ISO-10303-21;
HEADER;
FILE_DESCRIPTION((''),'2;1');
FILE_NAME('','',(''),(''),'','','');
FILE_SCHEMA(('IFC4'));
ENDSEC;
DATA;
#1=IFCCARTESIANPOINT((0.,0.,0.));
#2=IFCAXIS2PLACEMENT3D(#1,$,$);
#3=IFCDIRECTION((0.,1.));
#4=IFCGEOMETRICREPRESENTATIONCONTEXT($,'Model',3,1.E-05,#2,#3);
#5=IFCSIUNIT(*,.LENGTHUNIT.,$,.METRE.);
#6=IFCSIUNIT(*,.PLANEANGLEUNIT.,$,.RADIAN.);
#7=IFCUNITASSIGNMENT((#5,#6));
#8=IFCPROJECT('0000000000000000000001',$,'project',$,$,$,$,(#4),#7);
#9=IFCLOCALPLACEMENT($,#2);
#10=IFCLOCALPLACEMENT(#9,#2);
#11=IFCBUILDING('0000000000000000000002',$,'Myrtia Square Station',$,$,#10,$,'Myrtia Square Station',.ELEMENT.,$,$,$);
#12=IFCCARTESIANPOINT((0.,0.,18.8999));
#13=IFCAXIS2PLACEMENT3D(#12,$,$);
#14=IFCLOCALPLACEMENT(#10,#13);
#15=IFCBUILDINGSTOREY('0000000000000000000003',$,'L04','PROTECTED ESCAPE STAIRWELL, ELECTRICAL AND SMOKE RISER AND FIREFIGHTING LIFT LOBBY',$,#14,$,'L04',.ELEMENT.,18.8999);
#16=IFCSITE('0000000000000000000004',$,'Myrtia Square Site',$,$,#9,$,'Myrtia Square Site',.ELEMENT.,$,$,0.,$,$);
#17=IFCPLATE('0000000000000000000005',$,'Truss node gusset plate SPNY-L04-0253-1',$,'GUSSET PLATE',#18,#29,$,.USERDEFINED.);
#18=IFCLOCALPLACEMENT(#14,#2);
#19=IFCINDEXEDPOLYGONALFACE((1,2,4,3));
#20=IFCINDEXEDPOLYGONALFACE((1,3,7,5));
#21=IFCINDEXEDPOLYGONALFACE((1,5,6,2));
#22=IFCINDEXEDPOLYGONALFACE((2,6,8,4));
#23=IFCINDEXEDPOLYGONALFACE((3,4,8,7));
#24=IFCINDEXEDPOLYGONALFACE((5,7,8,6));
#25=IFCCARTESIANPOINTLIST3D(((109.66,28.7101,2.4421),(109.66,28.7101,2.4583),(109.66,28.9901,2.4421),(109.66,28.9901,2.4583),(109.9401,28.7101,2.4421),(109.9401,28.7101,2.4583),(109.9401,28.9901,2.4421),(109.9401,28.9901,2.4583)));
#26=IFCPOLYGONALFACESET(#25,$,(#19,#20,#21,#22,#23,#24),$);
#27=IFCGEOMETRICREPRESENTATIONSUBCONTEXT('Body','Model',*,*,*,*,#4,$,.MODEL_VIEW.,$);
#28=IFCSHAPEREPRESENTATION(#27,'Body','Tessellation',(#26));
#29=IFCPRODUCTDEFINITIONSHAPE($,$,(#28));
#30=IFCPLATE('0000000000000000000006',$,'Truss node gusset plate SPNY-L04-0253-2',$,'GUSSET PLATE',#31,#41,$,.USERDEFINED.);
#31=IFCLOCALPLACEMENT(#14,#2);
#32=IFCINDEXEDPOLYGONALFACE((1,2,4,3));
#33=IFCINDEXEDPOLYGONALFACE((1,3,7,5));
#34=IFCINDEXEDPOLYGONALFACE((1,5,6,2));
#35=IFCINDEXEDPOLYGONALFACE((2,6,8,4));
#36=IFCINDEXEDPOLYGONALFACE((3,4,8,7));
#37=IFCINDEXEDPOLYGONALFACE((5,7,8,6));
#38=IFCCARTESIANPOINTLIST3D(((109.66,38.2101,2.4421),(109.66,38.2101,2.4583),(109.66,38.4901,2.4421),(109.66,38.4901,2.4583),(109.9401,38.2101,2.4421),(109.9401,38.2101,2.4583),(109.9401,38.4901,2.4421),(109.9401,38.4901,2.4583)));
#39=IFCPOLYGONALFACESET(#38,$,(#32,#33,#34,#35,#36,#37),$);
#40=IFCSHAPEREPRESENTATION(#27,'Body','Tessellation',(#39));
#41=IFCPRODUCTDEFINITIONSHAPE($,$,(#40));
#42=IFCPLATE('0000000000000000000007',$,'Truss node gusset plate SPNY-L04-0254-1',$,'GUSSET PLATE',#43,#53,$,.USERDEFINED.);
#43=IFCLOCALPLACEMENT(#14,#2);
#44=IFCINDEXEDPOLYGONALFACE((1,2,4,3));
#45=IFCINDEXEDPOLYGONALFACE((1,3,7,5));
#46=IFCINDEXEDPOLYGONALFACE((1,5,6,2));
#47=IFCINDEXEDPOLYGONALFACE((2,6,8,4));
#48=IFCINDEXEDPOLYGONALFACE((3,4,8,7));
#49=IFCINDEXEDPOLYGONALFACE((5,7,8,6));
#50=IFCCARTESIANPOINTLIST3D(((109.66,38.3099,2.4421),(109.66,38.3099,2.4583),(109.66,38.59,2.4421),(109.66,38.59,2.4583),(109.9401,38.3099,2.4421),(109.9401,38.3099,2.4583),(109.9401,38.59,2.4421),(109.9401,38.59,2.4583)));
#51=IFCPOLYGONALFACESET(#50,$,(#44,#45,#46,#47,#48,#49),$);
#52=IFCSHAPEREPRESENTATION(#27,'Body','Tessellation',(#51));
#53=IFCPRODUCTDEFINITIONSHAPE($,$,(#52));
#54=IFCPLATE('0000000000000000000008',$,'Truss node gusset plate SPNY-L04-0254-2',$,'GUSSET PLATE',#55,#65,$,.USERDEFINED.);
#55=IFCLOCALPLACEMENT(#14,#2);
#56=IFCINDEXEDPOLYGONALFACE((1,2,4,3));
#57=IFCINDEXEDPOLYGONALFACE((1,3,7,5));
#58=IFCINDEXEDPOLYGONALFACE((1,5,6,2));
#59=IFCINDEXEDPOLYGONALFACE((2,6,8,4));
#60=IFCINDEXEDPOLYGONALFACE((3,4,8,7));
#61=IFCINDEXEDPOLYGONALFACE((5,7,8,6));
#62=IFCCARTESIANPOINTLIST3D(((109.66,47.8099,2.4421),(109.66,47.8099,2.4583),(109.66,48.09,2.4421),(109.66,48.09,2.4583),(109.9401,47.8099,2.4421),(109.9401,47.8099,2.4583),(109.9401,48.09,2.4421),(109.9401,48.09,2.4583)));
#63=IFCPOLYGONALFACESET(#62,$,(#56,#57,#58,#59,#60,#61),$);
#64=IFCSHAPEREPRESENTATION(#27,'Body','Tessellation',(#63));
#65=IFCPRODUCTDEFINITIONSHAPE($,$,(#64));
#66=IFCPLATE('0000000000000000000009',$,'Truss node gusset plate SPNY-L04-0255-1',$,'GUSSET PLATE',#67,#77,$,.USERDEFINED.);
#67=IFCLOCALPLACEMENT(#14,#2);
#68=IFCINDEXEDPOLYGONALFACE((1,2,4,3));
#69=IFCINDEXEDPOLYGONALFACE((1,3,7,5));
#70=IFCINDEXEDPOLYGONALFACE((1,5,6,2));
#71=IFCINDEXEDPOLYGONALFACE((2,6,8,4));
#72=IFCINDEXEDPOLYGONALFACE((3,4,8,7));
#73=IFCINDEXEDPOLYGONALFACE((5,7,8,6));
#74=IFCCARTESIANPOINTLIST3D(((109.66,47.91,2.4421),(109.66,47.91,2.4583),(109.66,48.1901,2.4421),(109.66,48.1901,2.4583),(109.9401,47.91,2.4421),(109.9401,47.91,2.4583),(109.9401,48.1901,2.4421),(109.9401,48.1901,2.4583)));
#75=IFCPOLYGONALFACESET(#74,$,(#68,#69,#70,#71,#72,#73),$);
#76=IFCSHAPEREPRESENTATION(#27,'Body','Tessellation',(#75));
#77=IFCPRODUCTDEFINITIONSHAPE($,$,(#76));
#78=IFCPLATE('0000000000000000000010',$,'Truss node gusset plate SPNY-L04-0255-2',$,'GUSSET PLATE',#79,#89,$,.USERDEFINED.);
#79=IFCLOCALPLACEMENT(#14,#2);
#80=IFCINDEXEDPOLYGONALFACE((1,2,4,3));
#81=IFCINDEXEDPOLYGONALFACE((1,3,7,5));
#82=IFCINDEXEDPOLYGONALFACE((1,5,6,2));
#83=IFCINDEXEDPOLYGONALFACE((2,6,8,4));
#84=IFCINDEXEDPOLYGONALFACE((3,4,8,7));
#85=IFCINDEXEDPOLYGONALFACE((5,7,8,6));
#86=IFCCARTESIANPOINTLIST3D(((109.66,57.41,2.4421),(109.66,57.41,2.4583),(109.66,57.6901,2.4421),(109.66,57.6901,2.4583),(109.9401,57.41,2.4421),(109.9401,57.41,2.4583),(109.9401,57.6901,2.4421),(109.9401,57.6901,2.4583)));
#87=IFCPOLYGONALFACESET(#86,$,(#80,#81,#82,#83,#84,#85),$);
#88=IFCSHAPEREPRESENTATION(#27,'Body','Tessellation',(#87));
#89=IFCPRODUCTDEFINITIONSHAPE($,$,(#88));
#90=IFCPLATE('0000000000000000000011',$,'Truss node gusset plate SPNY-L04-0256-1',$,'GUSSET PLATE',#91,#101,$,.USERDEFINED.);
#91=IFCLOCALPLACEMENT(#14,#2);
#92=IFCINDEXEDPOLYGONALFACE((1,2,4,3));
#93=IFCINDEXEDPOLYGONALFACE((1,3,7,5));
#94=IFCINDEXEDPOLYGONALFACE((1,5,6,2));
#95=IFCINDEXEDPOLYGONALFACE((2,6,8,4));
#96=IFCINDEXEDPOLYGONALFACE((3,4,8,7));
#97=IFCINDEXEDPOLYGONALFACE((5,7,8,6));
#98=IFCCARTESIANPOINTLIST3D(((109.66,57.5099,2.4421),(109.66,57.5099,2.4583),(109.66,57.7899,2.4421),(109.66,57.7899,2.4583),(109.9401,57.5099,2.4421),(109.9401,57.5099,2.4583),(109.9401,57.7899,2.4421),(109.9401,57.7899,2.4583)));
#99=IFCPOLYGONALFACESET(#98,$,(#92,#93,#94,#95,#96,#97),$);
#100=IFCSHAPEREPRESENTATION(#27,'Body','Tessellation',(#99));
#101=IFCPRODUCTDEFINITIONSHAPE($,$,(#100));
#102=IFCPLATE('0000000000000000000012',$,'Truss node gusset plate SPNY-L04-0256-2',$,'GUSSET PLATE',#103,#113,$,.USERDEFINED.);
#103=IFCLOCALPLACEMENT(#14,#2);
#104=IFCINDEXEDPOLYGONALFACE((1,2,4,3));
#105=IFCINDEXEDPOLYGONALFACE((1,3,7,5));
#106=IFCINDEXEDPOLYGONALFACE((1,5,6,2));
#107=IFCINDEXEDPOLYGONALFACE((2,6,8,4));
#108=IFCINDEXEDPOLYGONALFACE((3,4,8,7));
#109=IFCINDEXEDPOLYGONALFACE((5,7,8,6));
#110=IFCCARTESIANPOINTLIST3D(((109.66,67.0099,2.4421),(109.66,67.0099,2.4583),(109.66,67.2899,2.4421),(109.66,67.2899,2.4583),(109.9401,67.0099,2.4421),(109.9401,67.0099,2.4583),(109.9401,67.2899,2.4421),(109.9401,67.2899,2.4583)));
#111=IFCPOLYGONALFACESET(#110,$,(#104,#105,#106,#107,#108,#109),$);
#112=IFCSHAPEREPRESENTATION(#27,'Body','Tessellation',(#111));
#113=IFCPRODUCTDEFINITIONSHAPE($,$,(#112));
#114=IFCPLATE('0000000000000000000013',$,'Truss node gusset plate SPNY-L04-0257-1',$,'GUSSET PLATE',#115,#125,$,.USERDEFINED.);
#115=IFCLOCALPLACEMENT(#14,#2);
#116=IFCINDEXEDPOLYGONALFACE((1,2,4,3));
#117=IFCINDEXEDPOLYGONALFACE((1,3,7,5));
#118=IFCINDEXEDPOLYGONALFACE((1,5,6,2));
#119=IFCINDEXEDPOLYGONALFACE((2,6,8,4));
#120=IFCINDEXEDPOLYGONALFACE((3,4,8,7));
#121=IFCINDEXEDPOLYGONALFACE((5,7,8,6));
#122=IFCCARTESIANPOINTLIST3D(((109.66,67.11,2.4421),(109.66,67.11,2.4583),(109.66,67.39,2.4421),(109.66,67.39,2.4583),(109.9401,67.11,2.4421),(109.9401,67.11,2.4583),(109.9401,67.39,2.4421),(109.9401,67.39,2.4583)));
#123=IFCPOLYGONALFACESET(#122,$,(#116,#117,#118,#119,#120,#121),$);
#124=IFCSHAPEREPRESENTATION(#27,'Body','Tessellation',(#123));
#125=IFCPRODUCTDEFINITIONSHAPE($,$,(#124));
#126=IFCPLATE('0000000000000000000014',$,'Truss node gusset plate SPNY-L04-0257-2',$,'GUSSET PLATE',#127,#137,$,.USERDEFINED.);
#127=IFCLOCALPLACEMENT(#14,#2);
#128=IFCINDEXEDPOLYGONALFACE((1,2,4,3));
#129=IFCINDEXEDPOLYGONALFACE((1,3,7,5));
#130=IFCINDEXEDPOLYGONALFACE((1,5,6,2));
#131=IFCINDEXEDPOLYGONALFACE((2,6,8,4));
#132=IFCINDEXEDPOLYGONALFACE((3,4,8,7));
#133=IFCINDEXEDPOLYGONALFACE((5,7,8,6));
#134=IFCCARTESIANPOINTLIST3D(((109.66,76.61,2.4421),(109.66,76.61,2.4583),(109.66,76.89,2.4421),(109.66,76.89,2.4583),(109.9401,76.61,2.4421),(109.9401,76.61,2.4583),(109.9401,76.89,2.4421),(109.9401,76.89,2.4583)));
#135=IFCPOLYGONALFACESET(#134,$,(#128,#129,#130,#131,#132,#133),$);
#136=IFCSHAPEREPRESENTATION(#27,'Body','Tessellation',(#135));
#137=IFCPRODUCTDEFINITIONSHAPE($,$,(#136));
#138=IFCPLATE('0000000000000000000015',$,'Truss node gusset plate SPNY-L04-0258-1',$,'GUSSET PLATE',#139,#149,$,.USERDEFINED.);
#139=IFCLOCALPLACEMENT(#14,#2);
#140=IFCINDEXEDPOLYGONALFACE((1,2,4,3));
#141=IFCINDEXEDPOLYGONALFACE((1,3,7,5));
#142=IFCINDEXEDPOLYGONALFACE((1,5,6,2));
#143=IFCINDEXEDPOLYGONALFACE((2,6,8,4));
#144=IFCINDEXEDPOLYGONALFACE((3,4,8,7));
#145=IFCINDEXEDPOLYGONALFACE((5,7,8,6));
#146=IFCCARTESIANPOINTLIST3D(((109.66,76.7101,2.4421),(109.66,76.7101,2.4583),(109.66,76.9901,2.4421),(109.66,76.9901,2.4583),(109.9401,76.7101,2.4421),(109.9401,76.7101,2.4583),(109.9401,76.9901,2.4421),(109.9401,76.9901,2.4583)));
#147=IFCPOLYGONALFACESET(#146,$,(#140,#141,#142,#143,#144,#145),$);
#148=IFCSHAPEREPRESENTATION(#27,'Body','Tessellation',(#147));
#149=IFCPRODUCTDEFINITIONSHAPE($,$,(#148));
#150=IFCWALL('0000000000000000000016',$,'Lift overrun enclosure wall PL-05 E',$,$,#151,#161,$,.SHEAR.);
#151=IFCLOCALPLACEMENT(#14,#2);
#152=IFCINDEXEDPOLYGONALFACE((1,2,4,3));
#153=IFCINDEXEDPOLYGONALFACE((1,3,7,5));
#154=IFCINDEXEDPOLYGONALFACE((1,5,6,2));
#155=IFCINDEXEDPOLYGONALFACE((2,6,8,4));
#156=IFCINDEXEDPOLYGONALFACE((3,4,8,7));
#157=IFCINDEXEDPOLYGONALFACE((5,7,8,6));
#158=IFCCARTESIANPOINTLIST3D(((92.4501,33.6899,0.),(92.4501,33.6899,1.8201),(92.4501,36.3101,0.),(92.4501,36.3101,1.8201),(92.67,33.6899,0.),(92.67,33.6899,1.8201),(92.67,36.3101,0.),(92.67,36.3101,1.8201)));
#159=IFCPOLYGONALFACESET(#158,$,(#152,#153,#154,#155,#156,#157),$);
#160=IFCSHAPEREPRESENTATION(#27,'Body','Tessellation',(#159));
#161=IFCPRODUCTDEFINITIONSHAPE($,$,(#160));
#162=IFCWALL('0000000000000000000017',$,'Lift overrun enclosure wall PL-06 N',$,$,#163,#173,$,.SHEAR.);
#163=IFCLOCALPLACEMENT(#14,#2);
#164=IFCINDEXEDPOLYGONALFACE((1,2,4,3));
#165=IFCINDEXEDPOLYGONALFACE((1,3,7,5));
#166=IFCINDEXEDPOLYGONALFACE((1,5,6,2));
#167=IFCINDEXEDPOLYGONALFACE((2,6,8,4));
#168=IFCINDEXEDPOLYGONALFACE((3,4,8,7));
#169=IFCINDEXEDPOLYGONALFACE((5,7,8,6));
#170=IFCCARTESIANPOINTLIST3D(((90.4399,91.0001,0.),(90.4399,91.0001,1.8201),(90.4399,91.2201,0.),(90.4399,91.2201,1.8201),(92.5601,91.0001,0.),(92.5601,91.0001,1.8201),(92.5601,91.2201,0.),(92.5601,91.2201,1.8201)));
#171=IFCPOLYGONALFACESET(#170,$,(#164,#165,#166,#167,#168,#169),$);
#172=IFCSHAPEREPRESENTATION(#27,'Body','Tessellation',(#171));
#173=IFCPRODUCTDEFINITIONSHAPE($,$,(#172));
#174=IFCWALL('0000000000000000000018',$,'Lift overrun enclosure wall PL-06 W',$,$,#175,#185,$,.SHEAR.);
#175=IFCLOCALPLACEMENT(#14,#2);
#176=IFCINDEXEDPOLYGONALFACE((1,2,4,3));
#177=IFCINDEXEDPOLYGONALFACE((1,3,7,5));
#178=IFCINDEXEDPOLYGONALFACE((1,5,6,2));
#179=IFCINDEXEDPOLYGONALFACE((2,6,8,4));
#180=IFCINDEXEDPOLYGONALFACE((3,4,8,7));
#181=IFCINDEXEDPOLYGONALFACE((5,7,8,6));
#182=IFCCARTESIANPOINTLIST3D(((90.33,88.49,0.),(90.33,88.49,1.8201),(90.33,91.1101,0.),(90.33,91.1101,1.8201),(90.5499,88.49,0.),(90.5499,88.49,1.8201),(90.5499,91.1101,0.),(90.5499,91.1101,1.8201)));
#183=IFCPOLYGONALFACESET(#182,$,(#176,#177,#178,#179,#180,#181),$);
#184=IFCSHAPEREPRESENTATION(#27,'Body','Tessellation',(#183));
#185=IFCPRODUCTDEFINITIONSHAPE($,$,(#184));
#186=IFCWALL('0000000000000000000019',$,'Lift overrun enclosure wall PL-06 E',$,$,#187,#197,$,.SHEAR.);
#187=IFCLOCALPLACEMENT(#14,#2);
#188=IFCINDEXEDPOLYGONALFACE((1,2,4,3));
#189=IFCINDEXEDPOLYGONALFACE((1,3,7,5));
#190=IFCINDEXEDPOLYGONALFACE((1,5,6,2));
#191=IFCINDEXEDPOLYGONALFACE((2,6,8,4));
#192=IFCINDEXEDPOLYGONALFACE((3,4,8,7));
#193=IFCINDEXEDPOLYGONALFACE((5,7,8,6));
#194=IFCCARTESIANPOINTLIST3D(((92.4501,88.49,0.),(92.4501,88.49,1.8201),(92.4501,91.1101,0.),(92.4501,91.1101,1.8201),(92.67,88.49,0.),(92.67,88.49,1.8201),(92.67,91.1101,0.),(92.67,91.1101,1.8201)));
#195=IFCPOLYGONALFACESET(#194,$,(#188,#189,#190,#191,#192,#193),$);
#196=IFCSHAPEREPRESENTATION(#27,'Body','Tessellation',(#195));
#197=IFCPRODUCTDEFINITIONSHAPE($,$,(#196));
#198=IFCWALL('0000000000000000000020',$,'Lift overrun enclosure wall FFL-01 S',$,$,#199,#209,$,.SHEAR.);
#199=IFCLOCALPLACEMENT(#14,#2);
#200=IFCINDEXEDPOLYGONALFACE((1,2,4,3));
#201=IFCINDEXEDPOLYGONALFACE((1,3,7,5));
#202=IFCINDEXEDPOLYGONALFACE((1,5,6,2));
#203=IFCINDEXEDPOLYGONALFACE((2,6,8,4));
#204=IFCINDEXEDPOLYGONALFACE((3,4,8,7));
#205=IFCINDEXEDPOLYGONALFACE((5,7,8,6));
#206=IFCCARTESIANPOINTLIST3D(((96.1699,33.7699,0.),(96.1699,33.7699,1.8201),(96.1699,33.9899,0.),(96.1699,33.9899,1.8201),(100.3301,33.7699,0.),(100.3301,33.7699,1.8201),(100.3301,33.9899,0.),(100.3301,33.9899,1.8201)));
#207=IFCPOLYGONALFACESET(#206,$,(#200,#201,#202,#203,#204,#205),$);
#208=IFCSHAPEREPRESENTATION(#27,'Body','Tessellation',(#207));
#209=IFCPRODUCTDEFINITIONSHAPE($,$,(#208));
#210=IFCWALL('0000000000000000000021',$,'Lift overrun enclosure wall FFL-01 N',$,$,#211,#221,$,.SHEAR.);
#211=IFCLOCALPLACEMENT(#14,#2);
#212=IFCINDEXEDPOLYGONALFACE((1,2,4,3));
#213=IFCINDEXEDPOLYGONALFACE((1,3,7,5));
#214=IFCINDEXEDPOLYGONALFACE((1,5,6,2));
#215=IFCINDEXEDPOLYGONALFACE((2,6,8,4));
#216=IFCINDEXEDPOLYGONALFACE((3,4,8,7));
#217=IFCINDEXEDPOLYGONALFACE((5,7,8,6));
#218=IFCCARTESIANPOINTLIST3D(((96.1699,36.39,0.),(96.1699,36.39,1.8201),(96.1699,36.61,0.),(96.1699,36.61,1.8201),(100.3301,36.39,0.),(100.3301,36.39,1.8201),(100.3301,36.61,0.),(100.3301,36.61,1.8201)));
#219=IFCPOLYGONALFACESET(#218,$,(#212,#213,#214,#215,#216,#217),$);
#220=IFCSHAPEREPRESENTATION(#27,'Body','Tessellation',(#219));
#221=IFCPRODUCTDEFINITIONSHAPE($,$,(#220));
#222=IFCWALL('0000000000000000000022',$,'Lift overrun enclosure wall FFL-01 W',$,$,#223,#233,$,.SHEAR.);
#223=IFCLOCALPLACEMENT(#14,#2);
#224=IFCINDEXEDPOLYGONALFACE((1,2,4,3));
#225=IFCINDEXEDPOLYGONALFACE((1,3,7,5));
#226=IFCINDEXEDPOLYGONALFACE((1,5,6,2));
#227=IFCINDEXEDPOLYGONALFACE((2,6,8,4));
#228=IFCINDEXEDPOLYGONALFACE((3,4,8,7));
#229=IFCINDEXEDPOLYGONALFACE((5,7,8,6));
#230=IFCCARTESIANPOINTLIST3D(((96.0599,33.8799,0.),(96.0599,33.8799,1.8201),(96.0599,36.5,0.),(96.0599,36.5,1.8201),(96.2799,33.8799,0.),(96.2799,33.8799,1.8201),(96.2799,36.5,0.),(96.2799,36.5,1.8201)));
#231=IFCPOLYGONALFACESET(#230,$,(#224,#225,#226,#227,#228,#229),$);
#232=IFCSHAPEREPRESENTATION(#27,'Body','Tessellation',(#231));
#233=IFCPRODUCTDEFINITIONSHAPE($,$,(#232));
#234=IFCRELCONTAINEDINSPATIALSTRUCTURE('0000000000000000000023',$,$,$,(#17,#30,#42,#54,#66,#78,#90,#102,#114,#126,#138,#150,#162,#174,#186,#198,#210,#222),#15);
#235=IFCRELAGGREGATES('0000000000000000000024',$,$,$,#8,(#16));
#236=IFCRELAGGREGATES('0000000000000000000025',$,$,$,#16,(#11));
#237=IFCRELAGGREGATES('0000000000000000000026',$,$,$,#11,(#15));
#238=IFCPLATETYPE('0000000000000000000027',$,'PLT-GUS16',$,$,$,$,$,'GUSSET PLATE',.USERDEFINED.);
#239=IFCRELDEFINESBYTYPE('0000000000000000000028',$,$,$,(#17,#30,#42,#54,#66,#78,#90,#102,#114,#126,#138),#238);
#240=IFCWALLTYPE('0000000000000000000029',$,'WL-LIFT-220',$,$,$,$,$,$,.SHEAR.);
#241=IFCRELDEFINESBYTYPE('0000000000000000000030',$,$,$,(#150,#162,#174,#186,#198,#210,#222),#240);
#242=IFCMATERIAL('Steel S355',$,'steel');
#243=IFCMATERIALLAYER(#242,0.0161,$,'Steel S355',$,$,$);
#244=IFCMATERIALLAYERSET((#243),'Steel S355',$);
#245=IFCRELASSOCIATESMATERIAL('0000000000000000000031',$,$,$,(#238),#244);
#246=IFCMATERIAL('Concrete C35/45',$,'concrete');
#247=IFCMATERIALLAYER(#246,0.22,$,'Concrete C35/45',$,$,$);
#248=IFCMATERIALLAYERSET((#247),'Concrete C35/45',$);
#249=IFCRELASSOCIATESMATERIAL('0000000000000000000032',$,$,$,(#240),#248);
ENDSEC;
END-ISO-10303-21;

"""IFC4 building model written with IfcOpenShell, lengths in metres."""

from ifc_helpers import new_model, si_unit, direction, frame, frame_2d, origin, origin_2d, place, context, subcontext, project, spatial, rectangle, extrude, material, layer, layer_set, type_object, element, save


model = new_model("IFC4")

# Units and contexts
model_context = context("Model", 3, precision=1e-05, world=origin(), true_north=direction((0.0, 1.0)))
body_context = subcontext(model_context, "Body", "Model", "MODEL_VIEW")
ifc_project = project(units=[si_unit("LENGTHUNIT", "METRE"), si_unit("PLANEANGLEUNIT", "RADIAN")], contexts=[model_context])

# Site, building, storey
site_placement = place(None, origin())
site = spatial("IfcSite", under=ifc_project, at=site_placement, Name="Myrtia Square Site", LongName="Myrtia Square Site", CompositionType="ELEMENT", RefElevation=0.0)
building_placement = place(site_placement, origin())
building = spatial("IfcBuilding", under=site, at=building_placement, Name="Myrtia Square Station", LongName="Myrtia Square Station", CompositionType="ELEMENT")
storey_placement = place(building_placement, frame((0.0, 0.0, 18.8999)))
storey = spatial("IfcBuildingStorey", under=building, at=storey_placement, Name="L04", Description="PROTECTED ESCAPE STAIRWELL, ELECTRICAL AND SMOKE RISER AND FIREFIGHTING LIFT LOBBY", LongName="L04", CompositionType="ELEMENT", Elevation=18.8999)

# Shared definitions
ifc_material_1 = material(Name="Steel S355", Category="steel")

# Plates
ifc_layer_1 = layer(ifc_material_1, 0.0161, Name="Steel S355")
ifc_layer_set_1 = layer_set([ifc_layer_1], Name="Steel S355")
plate_type = type_object("IfcPlateType", Name="PLT-GUS16", ElementType="GUSSET PLATE", PredefinedType="USERDEFINED", material=ifc_layer_set_1)
for number, where, z_axis, x_axis, name in (
    (1, (109.8, 28.8501, 2.4421), (0.0, 0.0, 1.0), (0.0, 1.0, 0.0), "Truss node gusset plate SPNY-L04-0253-1"),
    (2, (109.8, 38.3501, 2.4421), (0.0, 0.0, 1.0), (0.0, 1.0, 0.0), "Truss node gusset plate SPNY-L04-0253-2"),
    (3, (109.8, 38.45, 2.4421), (0.0, 0.0, 1.0), (0.0, 1.0, 0.0), "Truss node gusset plate SPNY-L04-0254-1"),
    (4, (109.8, 47.95, 2.4421), (0.0, 0.0, 1.0), (0.0, 1.0, 0.0), "Truss node gusset plate SPNY-L04-0254-2"),
    (5, (109.8, 48.05, 2.4421), (0.0, 0.0, 1.0), (0.0, 1.0, 0.0), "Truss node gusset plate SPNY-L04-0255-1"),
    (6, (109.8, 57.55, 2.4421), (0.0, 0.0, 1.0), (0.0, 1.0, 0.0), "Truss node gusset plate SPNY-L04-0255-2"),
    (7, (109.8, 57.6499, 2.4421), (0.0, 0.0, 1.0), (0.0, 1.0, 0.0), "Truss node gusset plate SPNY-L04-0256-1"),
    (8, (109.8, 67.1499, 2.4421), (0.0, 0.0, 1.0), (0.0, 1.0, 0.0), "Truss node gusset plate SPNY-L04-0256-2"),
    (9, (109.8, 67.25, 2.4421), (0.0, 0.0, 1.0), (0.0, 1.0, 0.0), "Truss node gusset plate SPNY-L04-0257-1"),
    (10, (109.8, 76.75, 2.4421), (0.0, 0.0, 1.0), (0.0, 1.0, 0.0), "Truss node gusset plate SPNY-L04-0257-2"),
    (11, (109.8, 76.8501, 2.4421), (0.0, 0.0, 1.0), (0.0, 1.0, 0.0), "Truss node gusset plate SPNY-L04-0258-1"),
):
    element("IfcPlate", number, at=place(storey_placement, frame(where, z_axis=z_axis, x_axis=x_axis)), inside=storey, type_object=plate_type, Name=name, ObjectType="GUSSET PLATE", PredefinedType="USERDEFINED", context=body_context, shape_type="SweptSolid", body=[
        extrude(rectangle(XDim=0.28, YDim=0.28, at=origin_2d()), origin(), (0.0, 0.0, 1.0), 0.0161),
    ])

# Walls
ifc_material_2 = material(Name="Concrete C35/45", Category="concrete")
ifc_layer_2 = layer(ifc_material_2, 0.22, Name="Concrete C35/45")
ifc_layer_set_2 = layer_set([ifc_layer_2], Name="Concrete C35/45")
wall_type = type_object("IfcWallType", Name="WL-LIFT-220", PredefinedType="SHEAR", material=ifc_layer_set_2)
wall_1_placement = place(storey_placement, frame((92.5601, 33.6899, 0.0), z_axis=(0.0, 0.0, 1.0), x_axis=(0.0, 1.0, 0.0)))
element("IfcWall", 12, at=wall_1_placement, inside=storey, type_object=wall_type, Name="Lift overrun enclosure wall PL-05 E", PredefinedType="SHEAR", context=body_context, shape_type="SweptSolid", body=[
    extrude(rectangle(XDim=2.6201, YDim=0.22, at=frame_2d((1.3101, 0.0))), origin(), (0.0, 0.0, 1.0), 1.8201),
])
wall_2_placement = place(storey_placement, frame((90.4399, 91.1101, 0.0), z_axis=(0.0, 0.0, 1.0), x_axis=(1.0, 0.0, 0.0)))
element("IfcWall", 13, at=wall_2_placement, inside=storey, type_object=wall_type, Name="Lift overrun enclosure wall PL-06 N", PredefinedType="SHEAR", context=body_context, shape_type="SweptSolid", body=[
    extrude(rectangle(XDim=2.1201, YDim=0.22, at=frame_2d((1.0601, 0.0))), origin(), (0.0, 0.0, 1.0), 1.8201),
])
for number, where, z_axis, x_axis, name in (
    (14, (90.4399, 88.49, 0.0), (0.0, 0.0, 1.0), (0.0, 1.0, 0.0), "Lift overrun enclosure wall PL-06 W"),
    (15, (92.5601, 88.49, 0.0), (0.0, 0.0, 1.0), (0.0, 1.0, 0.0), "Lift overrun enclosure wall PL-06 E"),
):
    element("IfcWall", number, at=place(storey_placement, frame(where, z_axis=z_axis, x_axis=x_axis)), inside=storey, type_object=wall_type, Name=name, PredefinedType="SHEAR", context=body_context, shape_type="SweptSolid", body=[
        extrude(rectangle(XDim=2.6201, YDim=0.22, at=frame_2d((1.3101, 0.0))), origin(), (0.0, 0.0, 1.0), 1.8201),
    ])
for number, where, z_axis, x_axis, name in (
    (16, (96.1699, 33.8799, 0.0), (0.0, 0.0, 1.0), (1.0, 0.0, 0.0), "Lift overrun enclosure wall FFL-01 S"),
    (17, (96.1699, 36.5, 0.0), (0.0, 0.0, 1.0), (1.0, 0.0, 0.0), "Lift overrun enclosure wall FFL-01 N"),
):
    element("IfcWall", number, at=place(storey_placement, frame(where, z_axis=z_axis, x_axis=x_axis)), inside=storey, type_object=wall_type, Name=name, PredefinedType="SHEAR", context=body_context, shape_type="SweptSolid", body=[
        extrude(rectangle(XDim=4.1602, YDim=0.22, at=frame_2d((2.0801, 0.0))), origin(), (0.0, 0.0, 1.0), 1.8201),
    ])
for number, where, z_axis, x_axis, name in (
    (18, (96.1699, 33.8799, 0.0), (0.0, 0.0, 1.0), (0.0, 1.0, 0.0), "Lift overrun enclosure wall FFL-01 W"),
):
    element("IfcWall", number, at=place(storey_placement, frame(where, z_axis=z_axis, x_axis=x_axis)), inside=storey, type_object=wall_type, Name=name, PredefinedType="SHEAR", context=body_context, shape_type="SweptSolid", body=[
        extrude(rectangle(XDim=2.6201, YDim=0.22, at=frame_2d((1.3101, 0.0))), origin(), (0.0, 0.0, 1.0), 1.8201),
    ])

save(model, "model.ifc")
